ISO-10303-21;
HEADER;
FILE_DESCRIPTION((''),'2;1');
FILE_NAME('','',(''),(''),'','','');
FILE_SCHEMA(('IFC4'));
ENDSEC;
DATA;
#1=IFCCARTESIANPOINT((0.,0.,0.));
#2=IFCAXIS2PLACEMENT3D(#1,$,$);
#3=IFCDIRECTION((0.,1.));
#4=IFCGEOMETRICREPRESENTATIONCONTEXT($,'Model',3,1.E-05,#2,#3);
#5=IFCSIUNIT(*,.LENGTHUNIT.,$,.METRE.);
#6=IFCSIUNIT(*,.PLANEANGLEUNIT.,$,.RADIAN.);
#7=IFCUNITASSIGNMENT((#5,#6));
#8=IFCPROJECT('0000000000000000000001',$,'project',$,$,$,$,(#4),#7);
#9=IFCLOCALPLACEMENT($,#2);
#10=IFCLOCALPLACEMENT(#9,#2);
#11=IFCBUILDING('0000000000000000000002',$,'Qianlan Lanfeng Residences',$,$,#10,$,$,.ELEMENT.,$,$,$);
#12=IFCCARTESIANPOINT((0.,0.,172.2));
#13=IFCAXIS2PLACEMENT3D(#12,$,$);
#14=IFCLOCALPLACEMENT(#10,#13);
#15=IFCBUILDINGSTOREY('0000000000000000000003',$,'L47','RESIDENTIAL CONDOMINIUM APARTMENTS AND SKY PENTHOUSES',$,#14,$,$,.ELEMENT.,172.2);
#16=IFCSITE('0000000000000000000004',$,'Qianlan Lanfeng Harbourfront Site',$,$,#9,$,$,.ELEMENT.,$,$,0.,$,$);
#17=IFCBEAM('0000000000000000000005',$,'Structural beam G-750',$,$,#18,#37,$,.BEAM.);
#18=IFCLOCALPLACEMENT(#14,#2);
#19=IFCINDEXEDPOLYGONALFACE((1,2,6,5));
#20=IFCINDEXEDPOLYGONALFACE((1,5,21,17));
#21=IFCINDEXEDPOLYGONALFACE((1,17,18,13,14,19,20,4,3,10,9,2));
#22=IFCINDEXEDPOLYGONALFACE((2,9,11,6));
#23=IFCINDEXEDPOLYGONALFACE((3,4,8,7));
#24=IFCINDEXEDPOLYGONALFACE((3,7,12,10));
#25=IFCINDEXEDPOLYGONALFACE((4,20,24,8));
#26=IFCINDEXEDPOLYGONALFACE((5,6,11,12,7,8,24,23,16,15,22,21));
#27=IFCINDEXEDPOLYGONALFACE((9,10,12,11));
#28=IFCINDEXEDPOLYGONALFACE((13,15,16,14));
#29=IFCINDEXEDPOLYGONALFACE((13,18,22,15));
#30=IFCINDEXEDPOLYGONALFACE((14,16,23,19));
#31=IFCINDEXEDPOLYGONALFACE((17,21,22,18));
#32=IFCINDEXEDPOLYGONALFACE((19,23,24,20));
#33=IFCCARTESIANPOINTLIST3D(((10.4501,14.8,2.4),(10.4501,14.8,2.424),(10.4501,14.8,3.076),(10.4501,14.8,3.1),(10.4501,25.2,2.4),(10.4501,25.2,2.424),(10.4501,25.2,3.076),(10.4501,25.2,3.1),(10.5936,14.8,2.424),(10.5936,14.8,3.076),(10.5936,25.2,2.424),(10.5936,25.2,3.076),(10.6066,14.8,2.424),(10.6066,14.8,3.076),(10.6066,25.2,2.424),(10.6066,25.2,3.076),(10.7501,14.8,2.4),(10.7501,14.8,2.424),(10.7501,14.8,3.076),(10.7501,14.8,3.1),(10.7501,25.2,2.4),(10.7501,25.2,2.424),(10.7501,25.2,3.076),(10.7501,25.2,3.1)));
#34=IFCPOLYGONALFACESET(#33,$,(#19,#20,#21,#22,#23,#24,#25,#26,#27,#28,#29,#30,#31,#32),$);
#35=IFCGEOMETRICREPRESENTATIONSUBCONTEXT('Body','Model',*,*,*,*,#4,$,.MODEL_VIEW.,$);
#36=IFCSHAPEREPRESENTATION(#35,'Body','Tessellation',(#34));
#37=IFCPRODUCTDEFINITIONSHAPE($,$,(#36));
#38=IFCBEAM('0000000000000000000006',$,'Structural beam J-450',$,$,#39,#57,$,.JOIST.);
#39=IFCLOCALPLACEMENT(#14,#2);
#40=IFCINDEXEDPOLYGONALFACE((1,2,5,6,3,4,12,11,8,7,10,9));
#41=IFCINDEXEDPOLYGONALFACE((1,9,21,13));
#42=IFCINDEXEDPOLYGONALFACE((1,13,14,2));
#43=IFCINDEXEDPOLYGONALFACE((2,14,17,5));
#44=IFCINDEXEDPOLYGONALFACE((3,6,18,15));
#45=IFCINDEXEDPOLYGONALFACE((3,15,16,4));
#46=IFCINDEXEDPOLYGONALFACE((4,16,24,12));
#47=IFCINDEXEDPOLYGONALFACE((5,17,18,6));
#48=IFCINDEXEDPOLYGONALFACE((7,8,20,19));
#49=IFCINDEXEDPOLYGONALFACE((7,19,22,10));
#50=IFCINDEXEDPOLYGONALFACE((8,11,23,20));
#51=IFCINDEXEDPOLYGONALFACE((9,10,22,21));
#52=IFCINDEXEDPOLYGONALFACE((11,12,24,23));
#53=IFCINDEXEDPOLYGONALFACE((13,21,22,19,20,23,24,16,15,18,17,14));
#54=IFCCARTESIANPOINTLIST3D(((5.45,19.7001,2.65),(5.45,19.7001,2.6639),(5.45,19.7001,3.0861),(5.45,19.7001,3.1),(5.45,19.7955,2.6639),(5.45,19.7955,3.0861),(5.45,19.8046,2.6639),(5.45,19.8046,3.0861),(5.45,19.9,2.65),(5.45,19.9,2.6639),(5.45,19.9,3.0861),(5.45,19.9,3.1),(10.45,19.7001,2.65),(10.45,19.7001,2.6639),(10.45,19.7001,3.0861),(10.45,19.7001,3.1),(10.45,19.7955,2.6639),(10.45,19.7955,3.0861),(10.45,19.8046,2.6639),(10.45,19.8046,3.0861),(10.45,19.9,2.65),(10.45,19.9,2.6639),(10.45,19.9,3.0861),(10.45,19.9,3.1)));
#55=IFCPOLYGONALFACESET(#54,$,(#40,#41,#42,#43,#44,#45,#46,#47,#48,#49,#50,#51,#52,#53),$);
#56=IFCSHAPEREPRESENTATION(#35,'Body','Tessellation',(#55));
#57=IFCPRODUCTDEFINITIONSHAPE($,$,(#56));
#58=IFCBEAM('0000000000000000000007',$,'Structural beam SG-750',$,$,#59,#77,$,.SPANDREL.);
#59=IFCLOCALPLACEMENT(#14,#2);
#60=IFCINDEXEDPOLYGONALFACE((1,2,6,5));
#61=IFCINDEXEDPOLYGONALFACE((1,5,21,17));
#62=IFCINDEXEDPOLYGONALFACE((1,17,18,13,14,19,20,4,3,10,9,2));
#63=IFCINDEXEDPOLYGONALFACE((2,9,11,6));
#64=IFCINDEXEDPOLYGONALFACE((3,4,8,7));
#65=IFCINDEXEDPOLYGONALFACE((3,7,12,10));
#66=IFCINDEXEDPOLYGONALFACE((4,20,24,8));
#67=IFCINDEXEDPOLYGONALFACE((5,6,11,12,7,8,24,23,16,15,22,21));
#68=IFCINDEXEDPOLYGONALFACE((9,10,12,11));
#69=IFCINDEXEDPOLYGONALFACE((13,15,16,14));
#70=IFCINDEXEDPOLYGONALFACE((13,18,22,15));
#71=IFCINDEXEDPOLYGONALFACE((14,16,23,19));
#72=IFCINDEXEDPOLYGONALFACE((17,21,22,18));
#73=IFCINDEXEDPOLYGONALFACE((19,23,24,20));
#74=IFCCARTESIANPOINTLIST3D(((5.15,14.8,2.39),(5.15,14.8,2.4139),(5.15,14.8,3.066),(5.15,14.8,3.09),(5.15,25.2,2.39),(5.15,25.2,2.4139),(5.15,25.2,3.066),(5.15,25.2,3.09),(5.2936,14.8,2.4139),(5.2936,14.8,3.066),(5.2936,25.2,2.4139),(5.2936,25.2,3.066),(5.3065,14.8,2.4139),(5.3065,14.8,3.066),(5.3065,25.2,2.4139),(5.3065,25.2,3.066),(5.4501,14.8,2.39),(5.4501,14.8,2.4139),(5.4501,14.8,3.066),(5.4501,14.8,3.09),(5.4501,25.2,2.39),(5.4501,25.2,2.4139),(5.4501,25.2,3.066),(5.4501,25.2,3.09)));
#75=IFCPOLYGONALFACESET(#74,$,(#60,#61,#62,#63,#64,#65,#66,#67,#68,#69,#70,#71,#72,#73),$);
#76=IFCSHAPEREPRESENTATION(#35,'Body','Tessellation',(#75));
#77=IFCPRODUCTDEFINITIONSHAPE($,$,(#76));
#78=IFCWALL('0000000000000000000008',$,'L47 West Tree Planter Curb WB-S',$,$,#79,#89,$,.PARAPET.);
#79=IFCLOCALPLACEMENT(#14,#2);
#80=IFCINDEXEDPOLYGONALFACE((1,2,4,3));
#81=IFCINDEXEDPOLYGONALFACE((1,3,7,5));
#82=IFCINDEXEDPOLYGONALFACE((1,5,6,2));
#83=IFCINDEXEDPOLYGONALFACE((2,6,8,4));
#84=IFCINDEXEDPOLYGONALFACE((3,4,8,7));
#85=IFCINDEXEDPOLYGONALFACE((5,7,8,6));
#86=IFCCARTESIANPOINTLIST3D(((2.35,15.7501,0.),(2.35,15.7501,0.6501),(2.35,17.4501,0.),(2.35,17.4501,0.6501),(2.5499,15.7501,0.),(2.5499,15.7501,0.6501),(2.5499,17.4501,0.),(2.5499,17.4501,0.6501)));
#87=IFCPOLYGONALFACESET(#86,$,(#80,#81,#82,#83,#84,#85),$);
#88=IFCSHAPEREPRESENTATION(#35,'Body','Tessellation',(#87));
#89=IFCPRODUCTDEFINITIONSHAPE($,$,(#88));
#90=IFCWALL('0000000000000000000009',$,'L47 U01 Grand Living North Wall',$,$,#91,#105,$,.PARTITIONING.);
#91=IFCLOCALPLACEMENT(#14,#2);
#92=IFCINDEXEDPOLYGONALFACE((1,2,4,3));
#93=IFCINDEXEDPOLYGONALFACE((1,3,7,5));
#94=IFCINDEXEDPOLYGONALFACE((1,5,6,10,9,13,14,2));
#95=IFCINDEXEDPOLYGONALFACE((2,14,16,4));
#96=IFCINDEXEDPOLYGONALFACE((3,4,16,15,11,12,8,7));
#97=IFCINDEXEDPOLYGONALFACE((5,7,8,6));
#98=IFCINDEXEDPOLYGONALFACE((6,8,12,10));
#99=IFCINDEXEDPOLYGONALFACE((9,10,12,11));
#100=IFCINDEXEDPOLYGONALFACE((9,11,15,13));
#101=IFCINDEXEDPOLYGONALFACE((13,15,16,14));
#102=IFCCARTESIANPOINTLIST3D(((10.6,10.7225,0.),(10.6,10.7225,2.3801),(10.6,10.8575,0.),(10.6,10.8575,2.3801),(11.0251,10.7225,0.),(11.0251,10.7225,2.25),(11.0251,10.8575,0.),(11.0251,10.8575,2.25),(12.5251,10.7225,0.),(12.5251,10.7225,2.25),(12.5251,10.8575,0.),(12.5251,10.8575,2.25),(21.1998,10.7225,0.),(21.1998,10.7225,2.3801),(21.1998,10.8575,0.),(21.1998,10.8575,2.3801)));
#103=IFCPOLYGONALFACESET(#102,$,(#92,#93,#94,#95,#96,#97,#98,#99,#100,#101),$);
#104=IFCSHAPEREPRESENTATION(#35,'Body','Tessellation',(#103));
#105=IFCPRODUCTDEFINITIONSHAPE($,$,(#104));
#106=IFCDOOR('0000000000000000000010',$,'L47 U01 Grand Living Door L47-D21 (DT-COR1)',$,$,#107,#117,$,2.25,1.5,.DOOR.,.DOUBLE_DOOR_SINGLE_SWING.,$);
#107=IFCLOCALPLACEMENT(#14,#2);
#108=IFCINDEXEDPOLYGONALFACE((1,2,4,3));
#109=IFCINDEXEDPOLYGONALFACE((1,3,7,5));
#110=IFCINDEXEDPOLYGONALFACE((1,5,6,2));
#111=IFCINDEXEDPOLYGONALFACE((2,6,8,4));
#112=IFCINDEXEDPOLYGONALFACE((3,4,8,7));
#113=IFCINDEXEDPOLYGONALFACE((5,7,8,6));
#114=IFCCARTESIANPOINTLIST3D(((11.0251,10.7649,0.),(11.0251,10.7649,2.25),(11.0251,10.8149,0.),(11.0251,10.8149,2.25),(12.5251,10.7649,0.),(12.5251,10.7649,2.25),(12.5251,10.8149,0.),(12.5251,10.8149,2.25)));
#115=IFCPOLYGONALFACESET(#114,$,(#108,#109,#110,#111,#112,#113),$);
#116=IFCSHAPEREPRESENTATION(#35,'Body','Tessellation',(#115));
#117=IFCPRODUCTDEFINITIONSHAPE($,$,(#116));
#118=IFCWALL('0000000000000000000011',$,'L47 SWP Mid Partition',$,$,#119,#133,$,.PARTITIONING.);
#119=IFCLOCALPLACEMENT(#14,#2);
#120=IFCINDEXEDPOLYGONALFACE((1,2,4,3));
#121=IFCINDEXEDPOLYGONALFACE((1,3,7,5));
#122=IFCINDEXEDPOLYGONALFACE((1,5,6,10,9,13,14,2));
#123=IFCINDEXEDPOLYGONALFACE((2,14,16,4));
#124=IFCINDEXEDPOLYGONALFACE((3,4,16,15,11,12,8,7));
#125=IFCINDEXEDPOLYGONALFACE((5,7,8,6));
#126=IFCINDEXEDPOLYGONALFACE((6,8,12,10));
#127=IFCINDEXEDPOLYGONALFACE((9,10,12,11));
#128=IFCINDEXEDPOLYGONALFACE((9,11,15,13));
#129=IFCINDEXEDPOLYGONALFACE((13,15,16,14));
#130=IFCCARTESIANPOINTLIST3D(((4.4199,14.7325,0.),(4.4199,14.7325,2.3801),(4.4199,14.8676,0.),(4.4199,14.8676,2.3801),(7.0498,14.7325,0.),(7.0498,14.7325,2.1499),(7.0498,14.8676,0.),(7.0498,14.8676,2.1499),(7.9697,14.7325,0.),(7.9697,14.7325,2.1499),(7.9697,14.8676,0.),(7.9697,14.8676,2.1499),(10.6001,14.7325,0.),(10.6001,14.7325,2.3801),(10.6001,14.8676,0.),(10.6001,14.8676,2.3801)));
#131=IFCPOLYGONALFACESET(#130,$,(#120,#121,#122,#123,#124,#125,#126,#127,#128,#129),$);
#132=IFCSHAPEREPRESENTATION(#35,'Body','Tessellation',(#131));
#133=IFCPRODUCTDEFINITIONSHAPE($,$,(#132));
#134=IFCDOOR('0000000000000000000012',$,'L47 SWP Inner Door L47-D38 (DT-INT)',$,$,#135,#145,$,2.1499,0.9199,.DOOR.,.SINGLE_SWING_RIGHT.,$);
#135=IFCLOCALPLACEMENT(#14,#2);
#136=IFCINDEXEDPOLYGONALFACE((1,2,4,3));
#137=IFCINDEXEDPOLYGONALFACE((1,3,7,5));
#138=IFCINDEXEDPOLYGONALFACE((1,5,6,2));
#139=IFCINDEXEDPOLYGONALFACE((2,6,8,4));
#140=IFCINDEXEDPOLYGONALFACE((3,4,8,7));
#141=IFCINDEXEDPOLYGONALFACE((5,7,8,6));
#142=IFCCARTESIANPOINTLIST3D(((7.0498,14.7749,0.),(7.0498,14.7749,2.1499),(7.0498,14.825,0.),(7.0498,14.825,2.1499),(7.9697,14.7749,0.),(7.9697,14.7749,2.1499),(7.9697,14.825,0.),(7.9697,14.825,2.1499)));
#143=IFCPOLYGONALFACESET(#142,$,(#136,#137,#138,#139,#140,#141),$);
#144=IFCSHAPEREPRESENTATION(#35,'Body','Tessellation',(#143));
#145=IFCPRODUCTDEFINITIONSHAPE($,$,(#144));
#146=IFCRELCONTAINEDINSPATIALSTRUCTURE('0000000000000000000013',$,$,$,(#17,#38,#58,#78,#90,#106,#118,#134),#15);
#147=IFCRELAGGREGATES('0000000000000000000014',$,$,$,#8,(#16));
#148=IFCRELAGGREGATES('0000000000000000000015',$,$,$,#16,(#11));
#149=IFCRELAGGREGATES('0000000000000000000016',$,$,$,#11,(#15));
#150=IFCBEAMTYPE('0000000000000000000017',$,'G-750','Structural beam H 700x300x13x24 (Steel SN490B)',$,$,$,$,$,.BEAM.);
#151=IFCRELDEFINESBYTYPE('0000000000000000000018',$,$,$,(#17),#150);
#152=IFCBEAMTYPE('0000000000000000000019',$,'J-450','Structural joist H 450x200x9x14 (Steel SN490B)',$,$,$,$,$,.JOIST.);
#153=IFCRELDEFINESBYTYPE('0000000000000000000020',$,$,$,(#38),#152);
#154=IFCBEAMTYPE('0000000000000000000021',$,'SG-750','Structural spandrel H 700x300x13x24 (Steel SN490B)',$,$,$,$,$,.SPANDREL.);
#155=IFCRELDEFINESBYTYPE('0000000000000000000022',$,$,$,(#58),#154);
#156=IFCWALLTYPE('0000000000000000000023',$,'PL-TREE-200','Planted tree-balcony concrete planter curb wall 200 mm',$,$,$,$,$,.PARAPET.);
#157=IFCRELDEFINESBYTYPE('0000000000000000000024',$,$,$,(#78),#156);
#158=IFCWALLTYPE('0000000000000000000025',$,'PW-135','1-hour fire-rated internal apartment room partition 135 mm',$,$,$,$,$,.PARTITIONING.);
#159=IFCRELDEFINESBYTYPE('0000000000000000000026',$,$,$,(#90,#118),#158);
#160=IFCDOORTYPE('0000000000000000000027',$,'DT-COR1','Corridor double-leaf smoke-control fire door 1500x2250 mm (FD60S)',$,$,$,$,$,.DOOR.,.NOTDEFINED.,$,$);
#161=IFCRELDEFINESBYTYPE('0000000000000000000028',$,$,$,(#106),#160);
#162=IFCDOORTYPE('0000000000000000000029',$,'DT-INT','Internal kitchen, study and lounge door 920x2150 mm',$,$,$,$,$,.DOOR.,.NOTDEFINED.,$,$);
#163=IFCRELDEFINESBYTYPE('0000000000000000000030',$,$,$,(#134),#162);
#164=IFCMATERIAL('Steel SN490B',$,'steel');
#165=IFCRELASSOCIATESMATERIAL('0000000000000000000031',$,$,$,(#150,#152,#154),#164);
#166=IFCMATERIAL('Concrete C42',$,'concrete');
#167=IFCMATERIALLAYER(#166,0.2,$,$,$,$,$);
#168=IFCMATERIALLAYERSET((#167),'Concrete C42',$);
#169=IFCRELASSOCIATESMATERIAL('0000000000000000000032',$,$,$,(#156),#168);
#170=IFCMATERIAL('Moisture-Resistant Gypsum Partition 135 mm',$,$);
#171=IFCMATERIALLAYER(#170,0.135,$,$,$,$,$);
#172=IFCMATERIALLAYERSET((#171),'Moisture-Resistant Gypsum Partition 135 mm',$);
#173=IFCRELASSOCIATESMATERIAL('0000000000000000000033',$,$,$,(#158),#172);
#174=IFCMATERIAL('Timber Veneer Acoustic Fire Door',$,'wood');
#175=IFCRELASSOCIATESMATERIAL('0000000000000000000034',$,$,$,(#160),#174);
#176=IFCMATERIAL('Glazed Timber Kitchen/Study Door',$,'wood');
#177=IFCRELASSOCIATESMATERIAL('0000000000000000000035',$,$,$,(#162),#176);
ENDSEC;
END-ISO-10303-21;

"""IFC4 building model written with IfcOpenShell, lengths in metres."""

from ifc_helpers import new_model, si_unit, direction, frame, frame_2d, origin, origin_2d, place, context, subcontext, project, spatial, rectangle, i_section, extrude, material, layer, layer_set, material_profile, profile_set, type_object, element, fill, save


model = new_model("IFC4")

# Units and contexts
model_context = context("Model", 3, precision=1e-05, world=origin(), true_north=direction((0.0, 1.0)))
body_context = subcontext(model_context, "Body", "Model", "MODEL_VIEW")
ifc_project = project(units=[si_unit("LENGTHUNIT", "METRE"), si_unit("PLANEANGLEUNIT", "RADIAN")], contexts=[model_context])

# Site, building, storey
site_placement = place(None, origin())
site = spatial("IfcSite", under=ifc_project, at=site_placement, Name="Qianlan Lanfeng Harbourfront Site", CompositionType="ELEMENT", RefElevation=0.0)
building_placement = place(site_placement, origin())
building = spatial("IfcBuilding", under=site, at=building_placement, Name="Qianlan Lanfeng Residences", CompositionType="ELEMENT")
storey_placement = place(building_placement, frame((0.0, 0.0, 172.2)))
storey = spatial("IfcBuildingStorey", under=building, at=storey_placement, Name="L47", Description="RESIDENTIAL CONDOMINIUM APARTMENTS AND SKY PENTHOUSES", CompositionType="ELEMENT", Elevation=172.2)

# Shared definitions
ifc_material_1 = material(Name="Steel SN490B", Category="steel")

# Beams
ifc_material_profile_1 = material_profile(ifc_material_1, i_section(OverallWidth=0.3, OverallDepth=0.7, WebThickness=0.0129, FlangeThickness=0.0239, at=origin_2d()), Name="H 700x300x13x24")
ifc_profile_set_1 = profile_set([ifc_material_profile_1], Name="Steel SN490B")
beam_type_1 = type_object("IfcBeamType", Name="G-750", Description="Structural beam H 700x300x13x24 (Steel SN490B)", PredefinedType="BEAM", material=ifc_profile_set_1)
beam_1_placement = place(storey_placement, frame((10.6001, 14.8, 2.75), z_axis=(0.0, 1.0, 0.0), x_axis=(-1.0, 0.0, 0.0)))
element("IfcBeam", 1, at=beam_1_placement, inside=storey, type_object=beam_type_1, Name="Structural beam G-750", PredefinedType="BEAM", context=body_context, shape_type="SweptSolid", body=[
    extrude(i_section(OverallWidth=0.3, OverallDepth=0.7, WebThickness=0.0129, FlangeThickness=0.0239, at=origin_2d()), origin(), (0.0, 0.0, 1.0), 10.3999),
])
ifc_material_profile_2 = material_profile(ifc_material_1, i_section(OverallWidth=0.2, OverallDepth=0.45, WebThickness=0.009, FlangeThickness=0.0139, at=origin_2d()), Name="H 450x200x9x14")
ifc_profile_set_2 = profile_set([ifc_material_profile_2], Name="Steel SN490B")
beam_type_2 = type_object("IfcBeamType", Name="J-450", Description="Structural joist H 450x200x9x14 (Steel SN490B)", PredefinedType="JOIST", material=ifc_profile_set_2)
beam_2_placement = place(storey_placement, frame((5.45, 19.8, 2.875), z_axis=(1.0, 0.0, 0.0), x_axis=(0.0, 1.0, 0.0)))
element("IfcBeam", 2, at=beam_2_placement, inside=storey, type_object=beam_type_2, Name="Structural beam J-450", PredefinedType="JOIST", context=body_context, shape_type="SweptSolid", body=[
    extrude(i_section(OverallWidth=0.2, OverallDepth=0.45, WebThickness=0.009, FlangeThickness=0.0139, at=origin_2d()), origin(), (0.0, 0.0, 1.0), 5.0),
])
ifc_material_profile_3 = material_profile(ifc_material_1, i_section(OverallWidth=0.3, OverallDepth=0.7, WebThickness=0.0129, FlangeThickness=0.0239, at=origin_2d()), Name="H 700x300x13x24")
ifc_profile_set_3 = profile_set([ifc_material_profile_3], Name="Steel SN490B")
beam_type_3 = type_object("IfcBeamType", Name="SG-750", Description="Structural spandrel H 700x300x13x24 (Steel SN490B)", PredefinedType="SPANDREL", material=ifc_profile_set_3)
beam_3_placement = place(storey_placement, frame((5.3, 14.8, 2.74), z_axis=(0.0, 1.0, 0.0), x_axis=(-1.0, 0.0, 0.0)))
element("IfcBeam", 3, at=beam_3_placement, inside=storey, type_object=beam_type_3, Name="Structural beam SG-750", PredefinedType="SPANDREL", context=body_context, shape_type="SweptSolid", body=[
    extrude(i_section(OverallWidth=0.3, OverallDepth=0.7, WebThickness=0.0129, FlangeThickness=0.0239, at=origin_2d()), origin(), (0.0, 0.0, 1.0), 10.3999),
])

# Wall
ifc_material_2 = material(Name="Concrete C42", Category="concrete")
ifc_layer_1 = layer(ifc_material_2, 0.2)
ifc_layer_set_1 = layer_set([ifc_layer_1], Name="Concrete C42")
wall_type_1 = type_object("IfcWallType", Name="PL-TREE-200", Description="Planted tree-balcony concrete planter curb wall 200 mm", PredefinedType="PARAPET", material=ifc_layer_set_1)
wall_1_placement = place(storey_placement, frame((2.45, 15.75, 0.0), z_axis=(0.0, 0.0, 1.0), x_axis=(0.0, 1.0, 0.0)))
element("IfcWall", 4, at=wall_1_placement, inside=storey, type_object=wall_type_1, Name="L47 West Tree Planter Curb WB-S", PredefinedType="PARAPET", context=body_context, shape_type="SweptSolid", body=[
    extrude(rectangle(XDim=1.7, YDim=0.2, at=frame_2d((0.8501, 0.0))), origin(), (0.0, 0.0, 1.0), 0.6501),
])

# Walls, openings, doors
ifc_material_3 = material(Name="Moisture-Resistant Gypsum Partition 135 mm")
ifc_layer_2 = layer(ifc_material_3, 0.135)
ifc_layer_set_2 = layer_set([ifc_layer_2], Name="Moisture-Resistant Gypsum Partition 135 mm")
wall_type_2 = type_object("IfcWallType", Name="PW-135", Description="1-hour fire-rated internal apartment room partition 135 mm", PredefinedType="PARTITIONING", material=ifc_layer_set_2)
wall_2_placement = place(storey_placement, frame((10.6001, 10.79, 0.0), z_axis=(0.0, 0.0, 1.0), x_axis=(1.0, 0.0, 0.0)))
wall_2 = element("IfcWall", 5, at=wall_2_placement, inside=storey, type_object=wall_type_2, Name="L47 U01 Grand Living North Wall", PredefinedType="PARTITIONING", context=body_context, shape_type="SweptSolid", body=[
    extrude(rectangle(XDim=10.5999, YDim=0.135, at=frame_2d((5.2998, 0.0))), origin(), (0.0, 0.0, 1.0), 2.3801),
])
opening_1_placement = place(wall_2_placement, frame((0.425, 0.0, 0.0)))
opening_1 = element("IfcOpeningElement", 6, at=opening_1_placement, cuts=wall_2, PredefinedType="OPENING", context=body_context, shape_type="SweptSolid", body=[
    extrude(rectangle(XDim=1.5, YDim=2.25, at=frame_2d((0.75, 1.125))), frame((0.0, 0.0776, 0.0), z_axis=(0.0, -1.0, 0.0), x_axis=(1.0, 0.0, 0.0)), (0.0, 0.0, 1.0), 0.155),
])
ifc_material_4 = material(Name="Timber Veneer Acoustic Fire Door", Category="wood")
door_type_1 = type_object("IfcDoorType", Name="DT-COR1", Description="Corridor double-leaf smoke-control fire door 1500x2250 mm (FD60S)", OperationType="NOTDEFINED", PredefinedType="DOOR", material=ifc_material_4)
door_1_placement = place(opening_1_placement, origin())
door_1 = element("IfcDoor", 7, at=door_1_placement, inside=storey, type_object=door_type_1, Name="L47 U01 Grand Living Door L47-D21 (DT-COR1)", OperationType="DOUBLE_DOOR_SINGLE_SWING", OverallHeight=2.25, OverallWidth=1.5, PredefinedType="DOOR", context=body_context, shape_type="SweptSolid", body=[
    extrude(rectangle(XDim=1.5, YDim=2.25, at=frame_2d((0.75, 1.125))), frame((0.0, 0.0249, 0.0), z_axis=(0.0, -1.0, 0.0), x_axis=(1.0, 0.0, 0.0)), (0.0, 0.0, 1.0), 0.05),
])
fill(opening_1, door_1)
wall_3_placement = place(storey_placement, frame((4.4199, 14.8, 0.0), z_axis=(0.0, 0.0, 1.0), x_axis=(1.0, 0.0, 0.0)))
wall_3 = element("IfcWall", 8, at=wall_3_placement, inside=storey, type_object=wall_type_2, Name="L47 SWP Mid Partition", PredefinedType="PARTITIONING", context=body_context, shape_type="SweptSolid", body=[
    extrude(rectangle(XDim=6.1802, YDim=0.135, at=frame_2d((3.0901, 0.0))), origin(), (0.0, 0.0, 1.0), 2.3801),
])
opening_2_placement = place(wall_3_placement, frame((2.6299, 0.0, 0.0)))
opening_2 = element("IfcOpeningElement", 9, at=opening_2_placement, cuts=wall_3, PredefinedType="OPENING", context=body_context, shape_type="SweptSolid", body=[
    extrude(rectangle(XDim=0.9199, YDim=2.1499, at=frame_2d((0.46, 1.075))), frame((0.0, 0.0776, 0.0), z_axis=(0.0, -1.0, 0.0), x_axis=(1.0, 0.0, 0.0)), (0.0, 0.0, 1.0), 0.155),
])
ifc_material_5 = material(Name="Glazed Timber Kitchen/Study Door", Category="wood")
door_type_2 = type_object("IfcDoorType", Name="DT-INT", Description="Internal kitchen, study and lounge door 920x2150 mm", OperationType="NOTDEFINED", PredefinedType="DOOR", material=ifc_material_5)
door_2_placement = place(opening_2_placement, origin())
door_2 = element("IfcDoor", 10, at=door_2_placement, inside=storey, type_object=door_type_2, Name="L47 SWP Inner Door L47-D38 (DT-INT)", OperationType="SINGLE_SWING_RIGHT", OverallHeight=2.1499, OverallWidth=0.9199, PredefinedType="DOOR", context=body_context, shape_type="SweptSolid", body=[
    extrude(rectangle(XDim=0.9199, YDim=2.1499, at=frame_2d((0.46, 1.075))), frame((0.0, 0.0249, 0.0), z_axis=(0.0, -1.0, 0.0), x_axis=(1.0, 0.0, 0.0)), (0.0, 0.0, 1.0), 0.05),
])
fill(opening_2, door_2)

save(model, "model.ifc")
